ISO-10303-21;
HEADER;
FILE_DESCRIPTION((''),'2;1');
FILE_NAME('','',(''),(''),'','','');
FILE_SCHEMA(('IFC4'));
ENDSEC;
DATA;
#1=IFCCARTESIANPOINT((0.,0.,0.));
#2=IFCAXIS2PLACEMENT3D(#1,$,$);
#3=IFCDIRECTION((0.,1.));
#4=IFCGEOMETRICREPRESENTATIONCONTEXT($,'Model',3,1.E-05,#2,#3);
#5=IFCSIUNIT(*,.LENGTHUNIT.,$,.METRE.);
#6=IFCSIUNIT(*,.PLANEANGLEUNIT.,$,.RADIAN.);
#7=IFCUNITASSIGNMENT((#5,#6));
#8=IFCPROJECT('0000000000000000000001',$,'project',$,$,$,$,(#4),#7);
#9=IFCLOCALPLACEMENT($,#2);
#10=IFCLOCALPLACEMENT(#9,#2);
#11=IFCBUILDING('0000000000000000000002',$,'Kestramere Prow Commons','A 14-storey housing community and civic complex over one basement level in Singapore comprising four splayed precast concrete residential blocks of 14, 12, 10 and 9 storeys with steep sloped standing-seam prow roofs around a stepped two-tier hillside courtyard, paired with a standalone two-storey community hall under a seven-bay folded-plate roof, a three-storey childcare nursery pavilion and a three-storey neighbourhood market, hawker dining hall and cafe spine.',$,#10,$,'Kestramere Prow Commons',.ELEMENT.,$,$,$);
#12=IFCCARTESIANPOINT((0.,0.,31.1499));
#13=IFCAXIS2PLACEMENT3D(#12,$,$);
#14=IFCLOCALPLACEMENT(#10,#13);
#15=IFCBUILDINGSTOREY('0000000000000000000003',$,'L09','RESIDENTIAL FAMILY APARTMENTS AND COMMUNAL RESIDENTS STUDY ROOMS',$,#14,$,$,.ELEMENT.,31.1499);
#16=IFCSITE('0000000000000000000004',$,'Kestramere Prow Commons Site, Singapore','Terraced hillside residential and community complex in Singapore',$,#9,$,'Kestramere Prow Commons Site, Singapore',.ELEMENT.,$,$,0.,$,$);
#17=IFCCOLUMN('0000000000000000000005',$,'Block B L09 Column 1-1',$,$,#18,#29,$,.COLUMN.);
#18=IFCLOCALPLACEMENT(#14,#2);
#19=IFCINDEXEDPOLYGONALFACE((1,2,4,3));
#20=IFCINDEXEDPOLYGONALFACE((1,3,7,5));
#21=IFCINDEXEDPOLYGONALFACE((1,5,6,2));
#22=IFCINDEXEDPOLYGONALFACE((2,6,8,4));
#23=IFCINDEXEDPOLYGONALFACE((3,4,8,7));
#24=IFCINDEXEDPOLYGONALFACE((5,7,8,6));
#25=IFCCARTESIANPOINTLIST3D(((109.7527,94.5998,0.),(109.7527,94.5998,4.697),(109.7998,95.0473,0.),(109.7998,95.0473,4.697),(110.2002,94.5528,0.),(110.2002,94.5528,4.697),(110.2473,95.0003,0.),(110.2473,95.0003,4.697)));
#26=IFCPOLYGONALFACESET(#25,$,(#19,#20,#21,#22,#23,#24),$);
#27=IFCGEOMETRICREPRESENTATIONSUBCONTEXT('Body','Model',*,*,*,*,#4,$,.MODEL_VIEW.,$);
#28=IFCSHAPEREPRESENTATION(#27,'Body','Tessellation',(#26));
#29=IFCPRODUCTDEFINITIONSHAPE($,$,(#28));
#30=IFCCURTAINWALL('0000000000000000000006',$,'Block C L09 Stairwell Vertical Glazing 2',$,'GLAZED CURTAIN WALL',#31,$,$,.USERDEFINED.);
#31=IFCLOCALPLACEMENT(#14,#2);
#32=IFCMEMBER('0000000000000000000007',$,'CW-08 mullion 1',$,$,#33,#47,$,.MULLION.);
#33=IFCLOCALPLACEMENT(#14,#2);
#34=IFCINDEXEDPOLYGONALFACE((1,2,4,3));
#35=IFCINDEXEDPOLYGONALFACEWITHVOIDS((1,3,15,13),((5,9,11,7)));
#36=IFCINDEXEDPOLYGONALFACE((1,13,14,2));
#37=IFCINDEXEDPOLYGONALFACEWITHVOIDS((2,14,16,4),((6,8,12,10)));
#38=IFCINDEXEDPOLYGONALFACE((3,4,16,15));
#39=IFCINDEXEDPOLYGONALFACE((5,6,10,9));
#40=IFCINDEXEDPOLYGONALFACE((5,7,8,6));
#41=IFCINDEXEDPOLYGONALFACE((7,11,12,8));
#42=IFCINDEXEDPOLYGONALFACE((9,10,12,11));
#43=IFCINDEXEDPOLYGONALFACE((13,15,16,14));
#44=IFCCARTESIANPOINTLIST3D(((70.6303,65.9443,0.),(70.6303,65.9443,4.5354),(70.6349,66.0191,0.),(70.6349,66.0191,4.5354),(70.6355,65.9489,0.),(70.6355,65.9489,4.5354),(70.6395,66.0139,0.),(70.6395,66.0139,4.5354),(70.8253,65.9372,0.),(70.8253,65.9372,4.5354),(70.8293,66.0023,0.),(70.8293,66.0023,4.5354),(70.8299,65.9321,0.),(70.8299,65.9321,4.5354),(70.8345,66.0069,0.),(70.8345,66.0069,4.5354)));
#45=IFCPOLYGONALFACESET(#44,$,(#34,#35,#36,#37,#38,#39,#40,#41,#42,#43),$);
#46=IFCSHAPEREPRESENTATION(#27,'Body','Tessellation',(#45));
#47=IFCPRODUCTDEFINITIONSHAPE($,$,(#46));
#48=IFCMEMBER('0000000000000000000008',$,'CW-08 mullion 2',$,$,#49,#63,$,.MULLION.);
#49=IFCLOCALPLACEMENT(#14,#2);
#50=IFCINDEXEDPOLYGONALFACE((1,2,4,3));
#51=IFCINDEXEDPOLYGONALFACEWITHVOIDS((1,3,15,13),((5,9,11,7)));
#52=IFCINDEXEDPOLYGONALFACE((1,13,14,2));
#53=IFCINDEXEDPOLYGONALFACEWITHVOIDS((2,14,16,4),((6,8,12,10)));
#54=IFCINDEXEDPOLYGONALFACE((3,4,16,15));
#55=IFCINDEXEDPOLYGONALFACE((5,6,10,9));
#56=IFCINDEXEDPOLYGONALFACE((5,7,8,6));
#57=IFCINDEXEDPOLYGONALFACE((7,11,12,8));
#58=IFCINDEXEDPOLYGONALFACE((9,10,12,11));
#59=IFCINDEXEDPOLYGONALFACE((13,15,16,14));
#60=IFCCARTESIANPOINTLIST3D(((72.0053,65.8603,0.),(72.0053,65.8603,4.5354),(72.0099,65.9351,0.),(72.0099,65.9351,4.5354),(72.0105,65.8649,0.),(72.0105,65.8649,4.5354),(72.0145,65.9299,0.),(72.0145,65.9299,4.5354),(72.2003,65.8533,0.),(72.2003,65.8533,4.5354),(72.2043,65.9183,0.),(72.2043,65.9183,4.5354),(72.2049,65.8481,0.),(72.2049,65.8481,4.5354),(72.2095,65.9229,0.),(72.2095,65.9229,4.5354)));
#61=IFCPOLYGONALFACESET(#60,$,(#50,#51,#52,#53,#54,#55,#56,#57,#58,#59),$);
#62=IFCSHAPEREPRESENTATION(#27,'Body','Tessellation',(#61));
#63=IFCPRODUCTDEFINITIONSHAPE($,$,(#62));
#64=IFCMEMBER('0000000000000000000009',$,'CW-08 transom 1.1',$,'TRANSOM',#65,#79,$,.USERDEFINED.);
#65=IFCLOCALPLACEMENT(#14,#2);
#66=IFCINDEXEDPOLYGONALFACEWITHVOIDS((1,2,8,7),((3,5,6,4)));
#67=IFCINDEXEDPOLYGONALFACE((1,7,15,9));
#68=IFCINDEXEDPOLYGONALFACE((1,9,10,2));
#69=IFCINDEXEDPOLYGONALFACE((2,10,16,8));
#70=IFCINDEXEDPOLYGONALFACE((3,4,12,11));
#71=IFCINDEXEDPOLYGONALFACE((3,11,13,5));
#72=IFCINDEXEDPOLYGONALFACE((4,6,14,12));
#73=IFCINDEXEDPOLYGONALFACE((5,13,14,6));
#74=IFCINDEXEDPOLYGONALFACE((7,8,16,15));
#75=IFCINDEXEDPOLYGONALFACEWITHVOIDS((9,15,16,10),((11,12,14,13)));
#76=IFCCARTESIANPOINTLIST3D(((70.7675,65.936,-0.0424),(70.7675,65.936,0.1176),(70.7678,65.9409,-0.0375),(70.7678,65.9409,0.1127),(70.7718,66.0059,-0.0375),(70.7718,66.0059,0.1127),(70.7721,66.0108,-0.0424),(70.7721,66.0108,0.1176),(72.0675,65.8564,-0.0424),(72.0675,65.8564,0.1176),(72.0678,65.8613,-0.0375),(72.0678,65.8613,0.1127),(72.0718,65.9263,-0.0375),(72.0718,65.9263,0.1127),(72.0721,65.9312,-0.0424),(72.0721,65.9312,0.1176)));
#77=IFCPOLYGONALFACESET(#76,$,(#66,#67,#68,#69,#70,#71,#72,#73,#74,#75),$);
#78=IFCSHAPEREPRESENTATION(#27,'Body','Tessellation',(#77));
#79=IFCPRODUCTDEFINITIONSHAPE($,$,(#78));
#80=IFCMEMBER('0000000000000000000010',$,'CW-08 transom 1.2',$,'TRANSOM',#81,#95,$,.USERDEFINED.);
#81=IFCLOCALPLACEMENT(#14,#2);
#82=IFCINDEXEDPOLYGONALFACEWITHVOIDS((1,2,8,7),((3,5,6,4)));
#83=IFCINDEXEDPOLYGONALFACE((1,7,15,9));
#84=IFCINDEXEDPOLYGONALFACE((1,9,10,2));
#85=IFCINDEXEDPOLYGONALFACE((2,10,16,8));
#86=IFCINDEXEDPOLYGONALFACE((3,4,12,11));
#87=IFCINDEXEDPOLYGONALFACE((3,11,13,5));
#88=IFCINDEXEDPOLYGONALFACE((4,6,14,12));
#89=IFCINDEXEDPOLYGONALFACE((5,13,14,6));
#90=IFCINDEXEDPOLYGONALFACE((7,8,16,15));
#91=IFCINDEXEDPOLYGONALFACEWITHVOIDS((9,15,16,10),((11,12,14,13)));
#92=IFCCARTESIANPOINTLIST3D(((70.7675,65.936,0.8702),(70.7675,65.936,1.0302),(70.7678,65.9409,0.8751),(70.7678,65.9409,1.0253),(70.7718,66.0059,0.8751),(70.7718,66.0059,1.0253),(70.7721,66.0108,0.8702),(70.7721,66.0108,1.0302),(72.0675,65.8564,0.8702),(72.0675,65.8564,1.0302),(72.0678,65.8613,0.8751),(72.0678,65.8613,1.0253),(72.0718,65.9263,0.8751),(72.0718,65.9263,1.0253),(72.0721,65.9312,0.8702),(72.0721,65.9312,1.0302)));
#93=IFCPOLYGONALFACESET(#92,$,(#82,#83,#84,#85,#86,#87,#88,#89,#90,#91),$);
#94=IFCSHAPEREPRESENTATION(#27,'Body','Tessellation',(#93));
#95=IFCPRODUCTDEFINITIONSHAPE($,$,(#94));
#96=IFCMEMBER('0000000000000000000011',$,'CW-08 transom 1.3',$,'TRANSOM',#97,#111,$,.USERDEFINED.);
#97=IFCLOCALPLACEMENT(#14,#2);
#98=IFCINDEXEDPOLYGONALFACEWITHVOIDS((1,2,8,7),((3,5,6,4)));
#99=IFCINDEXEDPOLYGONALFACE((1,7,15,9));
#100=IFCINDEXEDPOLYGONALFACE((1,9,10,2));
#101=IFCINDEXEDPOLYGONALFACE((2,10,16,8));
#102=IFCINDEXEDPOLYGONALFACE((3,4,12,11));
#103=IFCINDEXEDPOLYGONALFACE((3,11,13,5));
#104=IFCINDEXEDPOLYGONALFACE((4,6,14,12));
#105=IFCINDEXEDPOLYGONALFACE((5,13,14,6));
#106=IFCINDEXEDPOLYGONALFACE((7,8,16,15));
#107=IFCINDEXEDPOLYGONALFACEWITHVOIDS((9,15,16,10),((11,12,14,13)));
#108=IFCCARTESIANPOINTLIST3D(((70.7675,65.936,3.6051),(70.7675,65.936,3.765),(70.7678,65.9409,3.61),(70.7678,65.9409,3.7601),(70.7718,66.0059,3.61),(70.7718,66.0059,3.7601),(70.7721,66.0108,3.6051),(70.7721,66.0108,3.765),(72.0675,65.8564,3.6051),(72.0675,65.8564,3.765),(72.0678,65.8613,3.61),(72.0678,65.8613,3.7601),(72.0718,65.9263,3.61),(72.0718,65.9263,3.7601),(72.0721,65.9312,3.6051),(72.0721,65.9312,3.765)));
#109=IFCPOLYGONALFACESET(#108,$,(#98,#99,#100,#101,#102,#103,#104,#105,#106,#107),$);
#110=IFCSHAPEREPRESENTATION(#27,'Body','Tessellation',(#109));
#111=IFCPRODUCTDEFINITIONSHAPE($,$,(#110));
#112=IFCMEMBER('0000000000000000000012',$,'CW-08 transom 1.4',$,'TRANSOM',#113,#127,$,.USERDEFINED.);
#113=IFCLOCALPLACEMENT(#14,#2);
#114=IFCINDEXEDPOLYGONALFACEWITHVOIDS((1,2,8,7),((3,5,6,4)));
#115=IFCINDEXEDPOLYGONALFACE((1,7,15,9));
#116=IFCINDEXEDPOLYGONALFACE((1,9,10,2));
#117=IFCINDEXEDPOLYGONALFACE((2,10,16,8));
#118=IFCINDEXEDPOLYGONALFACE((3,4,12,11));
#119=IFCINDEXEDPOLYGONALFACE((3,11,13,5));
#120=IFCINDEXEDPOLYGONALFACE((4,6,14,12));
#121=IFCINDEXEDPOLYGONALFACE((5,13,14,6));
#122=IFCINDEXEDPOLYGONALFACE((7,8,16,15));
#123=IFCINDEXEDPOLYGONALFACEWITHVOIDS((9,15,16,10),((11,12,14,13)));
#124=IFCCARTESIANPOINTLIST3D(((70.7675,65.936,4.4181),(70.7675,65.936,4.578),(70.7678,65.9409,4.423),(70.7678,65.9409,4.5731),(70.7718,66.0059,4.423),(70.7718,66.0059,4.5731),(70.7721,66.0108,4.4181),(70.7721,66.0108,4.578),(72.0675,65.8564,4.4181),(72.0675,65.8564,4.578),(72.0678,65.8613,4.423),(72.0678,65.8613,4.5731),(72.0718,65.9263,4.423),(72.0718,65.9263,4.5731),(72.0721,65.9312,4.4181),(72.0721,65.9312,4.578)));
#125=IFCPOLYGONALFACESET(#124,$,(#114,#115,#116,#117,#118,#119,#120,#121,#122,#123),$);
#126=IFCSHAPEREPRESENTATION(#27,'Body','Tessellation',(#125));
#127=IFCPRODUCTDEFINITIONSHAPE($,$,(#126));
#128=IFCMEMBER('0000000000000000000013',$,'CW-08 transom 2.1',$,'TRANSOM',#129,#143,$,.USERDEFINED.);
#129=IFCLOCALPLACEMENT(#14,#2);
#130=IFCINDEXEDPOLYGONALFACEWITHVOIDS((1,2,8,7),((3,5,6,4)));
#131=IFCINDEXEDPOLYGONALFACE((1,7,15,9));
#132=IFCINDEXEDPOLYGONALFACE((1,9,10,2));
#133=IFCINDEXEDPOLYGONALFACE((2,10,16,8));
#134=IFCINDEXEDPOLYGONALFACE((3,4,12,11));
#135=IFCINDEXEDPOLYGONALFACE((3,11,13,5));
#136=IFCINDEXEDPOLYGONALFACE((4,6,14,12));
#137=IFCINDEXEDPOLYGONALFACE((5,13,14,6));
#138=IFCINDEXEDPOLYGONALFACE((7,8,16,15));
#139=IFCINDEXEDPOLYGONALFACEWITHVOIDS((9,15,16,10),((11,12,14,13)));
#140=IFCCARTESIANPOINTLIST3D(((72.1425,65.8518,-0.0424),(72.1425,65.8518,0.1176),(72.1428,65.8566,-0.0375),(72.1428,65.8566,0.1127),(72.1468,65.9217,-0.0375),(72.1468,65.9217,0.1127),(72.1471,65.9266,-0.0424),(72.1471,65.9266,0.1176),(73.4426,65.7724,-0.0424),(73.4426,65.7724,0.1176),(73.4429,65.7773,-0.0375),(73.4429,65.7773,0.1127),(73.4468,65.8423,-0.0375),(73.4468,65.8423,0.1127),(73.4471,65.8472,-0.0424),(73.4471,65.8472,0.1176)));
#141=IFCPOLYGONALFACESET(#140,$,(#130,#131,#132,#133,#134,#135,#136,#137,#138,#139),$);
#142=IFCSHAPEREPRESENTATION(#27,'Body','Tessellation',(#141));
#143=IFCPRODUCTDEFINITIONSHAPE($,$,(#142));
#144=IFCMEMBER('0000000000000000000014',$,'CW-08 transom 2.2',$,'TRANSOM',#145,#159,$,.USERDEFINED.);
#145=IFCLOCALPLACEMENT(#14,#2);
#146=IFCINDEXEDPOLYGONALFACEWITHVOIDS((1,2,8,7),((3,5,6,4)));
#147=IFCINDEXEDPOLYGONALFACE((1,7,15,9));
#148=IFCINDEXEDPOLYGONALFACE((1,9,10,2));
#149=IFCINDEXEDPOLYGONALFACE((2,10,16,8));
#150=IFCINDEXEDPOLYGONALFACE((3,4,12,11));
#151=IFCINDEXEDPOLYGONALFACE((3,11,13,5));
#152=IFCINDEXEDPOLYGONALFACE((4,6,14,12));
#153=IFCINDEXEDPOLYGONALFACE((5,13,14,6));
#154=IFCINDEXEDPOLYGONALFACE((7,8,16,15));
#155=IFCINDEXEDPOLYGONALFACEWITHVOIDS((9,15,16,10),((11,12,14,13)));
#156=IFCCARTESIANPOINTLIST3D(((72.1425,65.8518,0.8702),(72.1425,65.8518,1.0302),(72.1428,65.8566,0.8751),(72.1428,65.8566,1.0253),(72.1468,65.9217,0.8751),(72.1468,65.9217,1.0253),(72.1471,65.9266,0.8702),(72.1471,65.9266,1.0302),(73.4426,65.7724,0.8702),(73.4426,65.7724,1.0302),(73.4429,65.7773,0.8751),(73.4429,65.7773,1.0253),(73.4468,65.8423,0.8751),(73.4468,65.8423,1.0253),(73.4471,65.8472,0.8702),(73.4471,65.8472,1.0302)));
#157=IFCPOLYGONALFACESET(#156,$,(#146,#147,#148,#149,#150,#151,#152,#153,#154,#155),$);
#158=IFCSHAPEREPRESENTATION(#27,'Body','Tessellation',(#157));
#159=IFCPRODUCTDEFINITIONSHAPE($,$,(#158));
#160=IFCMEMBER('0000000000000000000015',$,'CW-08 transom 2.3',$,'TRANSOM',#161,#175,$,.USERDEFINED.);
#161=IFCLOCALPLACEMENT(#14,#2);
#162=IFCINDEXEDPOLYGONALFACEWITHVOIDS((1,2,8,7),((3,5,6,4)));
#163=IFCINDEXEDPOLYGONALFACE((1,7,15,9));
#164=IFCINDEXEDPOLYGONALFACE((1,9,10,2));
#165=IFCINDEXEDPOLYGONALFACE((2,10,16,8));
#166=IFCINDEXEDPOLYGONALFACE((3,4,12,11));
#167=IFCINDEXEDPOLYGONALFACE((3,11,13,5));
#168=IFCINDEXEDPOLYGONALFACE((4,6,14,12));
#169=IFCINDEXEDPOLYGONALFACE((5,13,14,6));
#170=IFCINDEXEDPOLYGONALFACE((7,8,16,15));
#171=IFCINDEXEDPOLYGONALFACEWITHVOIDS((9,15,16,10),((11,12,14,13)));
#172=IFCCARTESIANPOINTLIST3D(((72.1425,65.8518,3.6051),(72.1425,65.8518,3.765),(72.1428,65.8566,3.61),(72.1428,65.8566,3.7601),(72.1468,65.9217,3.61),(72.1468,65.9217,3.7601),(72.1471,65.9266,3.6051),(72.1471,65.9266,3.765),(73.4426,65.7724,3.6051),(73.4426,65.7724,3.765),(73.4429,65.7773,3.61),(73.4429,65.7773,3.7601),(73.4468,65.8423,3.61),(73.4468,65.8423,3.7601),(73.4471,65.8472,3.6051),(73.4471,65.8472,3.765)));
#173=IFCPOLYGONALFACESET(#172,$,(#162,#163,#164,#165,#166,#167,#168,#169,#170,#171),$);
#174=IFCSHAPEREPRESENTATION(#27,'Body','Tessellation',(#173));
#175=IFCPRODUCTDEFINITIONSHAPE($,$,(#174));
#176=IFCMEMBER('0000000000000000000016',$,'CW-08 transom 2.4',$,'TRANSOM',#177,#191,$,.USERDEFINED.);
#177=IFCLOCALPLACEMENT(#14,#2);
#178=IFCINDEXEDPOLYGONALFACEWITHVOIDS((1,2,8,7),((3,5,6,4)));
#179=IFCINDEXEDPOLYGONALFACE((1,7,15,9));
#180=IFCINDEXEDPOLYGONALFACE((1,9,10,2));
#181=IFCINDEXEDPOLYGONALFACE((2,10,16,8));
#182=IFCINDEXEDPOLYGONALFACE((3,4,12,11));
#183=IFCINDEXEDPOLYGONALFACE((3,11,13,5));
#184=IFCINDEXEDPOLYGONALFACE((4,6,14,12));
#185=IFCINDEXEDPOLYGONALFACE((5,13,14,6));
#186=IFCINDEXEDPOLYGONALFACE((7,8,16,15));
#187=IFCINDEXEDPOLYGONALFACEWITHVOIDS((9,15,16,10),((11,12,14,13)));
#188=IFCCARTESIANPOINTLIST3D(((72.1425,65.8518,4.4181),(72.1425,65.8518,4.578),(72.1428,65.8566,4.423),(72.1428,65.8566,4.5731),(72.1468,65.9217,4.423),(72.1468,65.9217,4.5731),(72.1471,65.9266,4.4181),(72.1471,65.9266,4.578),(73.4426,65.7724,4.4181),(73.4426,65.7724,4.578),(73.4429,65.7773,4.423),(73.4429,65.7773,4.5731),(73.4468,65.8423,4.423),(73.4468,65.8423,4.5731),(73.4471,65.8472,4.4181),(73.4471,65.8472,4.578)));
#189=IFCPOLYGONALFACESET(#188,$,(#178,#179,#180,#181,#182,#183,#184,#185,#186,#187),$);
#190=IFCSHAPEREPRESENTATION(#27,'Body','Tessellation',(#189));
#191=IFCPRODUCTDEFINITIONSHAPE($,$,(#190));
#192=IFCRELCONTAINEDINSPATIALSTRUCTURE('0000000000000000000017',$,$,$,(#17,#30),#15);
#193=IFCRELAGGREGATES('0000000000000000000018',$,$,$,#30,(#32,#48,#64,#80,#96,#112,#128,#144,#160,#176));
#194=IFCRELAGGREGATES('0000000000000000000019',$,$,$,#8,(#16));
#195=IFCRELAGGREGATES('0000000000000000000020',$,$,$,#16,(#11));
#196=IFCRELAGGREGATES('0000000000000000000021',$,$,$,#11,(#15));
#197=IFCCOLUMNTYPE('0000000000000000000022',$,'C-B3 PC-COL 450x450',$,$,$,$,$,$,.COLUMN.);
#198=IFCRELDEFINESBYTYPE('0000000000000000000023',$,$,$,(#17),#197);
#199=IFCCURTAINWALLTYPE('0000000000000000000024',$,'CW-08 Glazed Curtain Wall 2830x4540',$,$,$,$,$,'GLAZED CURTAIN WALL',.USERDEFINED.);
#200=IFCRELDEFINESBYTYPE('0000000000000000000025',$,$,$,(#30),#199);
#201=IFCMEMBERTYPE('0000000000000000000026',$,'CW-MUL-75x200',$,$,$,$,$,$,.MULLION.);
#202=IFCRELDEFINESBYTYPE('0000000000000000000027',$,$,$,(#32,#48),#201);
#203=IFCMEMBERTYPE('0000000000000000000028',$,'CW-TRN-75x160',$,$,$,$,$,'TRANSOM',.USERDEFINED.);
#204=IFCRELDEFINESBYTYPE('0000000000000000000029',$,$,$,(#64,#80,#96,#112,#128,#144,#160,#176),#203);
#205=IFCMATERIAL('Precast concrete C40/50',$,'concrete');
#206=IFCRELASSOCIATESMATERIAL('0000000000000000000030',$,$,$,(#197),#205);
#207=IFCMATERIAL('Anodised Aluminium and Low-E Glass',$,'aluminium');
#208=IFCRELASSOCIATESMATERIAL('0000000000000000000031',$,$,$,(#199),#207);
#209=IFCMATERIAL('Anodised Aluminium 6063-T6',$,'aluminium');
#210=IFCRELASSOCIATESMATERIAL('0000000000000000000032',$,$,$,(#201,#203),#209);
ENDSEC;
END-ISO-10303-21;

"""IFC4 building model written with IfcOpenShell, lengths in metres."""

from ifc_helpers import new_model, si_unit, direction, frame, origin, origin_2d, place, context, subcontext, project, spatial, rectangle, hollow_rectangle, extrude, material, material_profile, profile_set, type_object, element, aggregate, save


model = new_model("IFC4")

# Units and contexts
model_context = context("Model", 3, precision=1e-05, world=origin(), true_north=direction((0.0, 1.0)))
body_context = subcontext(model_context, "Body", "Model", "MODEL_VIEW")
ifc_project = project(units=[si_unit("LENGTHUNIT", "METRE"), si_unit("PLANEANGLEUNIT", "RADIAN")], contexts=[model_context])

# Site, building, storey
site_placement = place(None, origin())
site = spatial("IfcSite", under=ifc_project, at=site_placement, Name="Kestramere Prow Commons Site, Singapore", Description="Terraced hillside residential and community complex in Singapore", LongName="Kestramere Prow Commons Site, Singapore", CompositionType="ELEMENT", RefElevation=0.0)
building_placement = place(site_placement, origin())
building = spatial("IfcBuilding", under=site, at=building_placement, Name="Kestramere Prow Commons", Description="A 14-storey housing community and civic complex over one basement level in Singapore comprising four splayed precast concrete residential blocks of 14, 12, 10 and 9 storeys with steep sloped standing-seam prow roofs around a stepped two-tier hillside courtyard, paired with a standalone two-storey community hall under a seven-bay folded-plate roof, a three-storey childcare nursery pavilion and a three-storey neighbourhood market, hawker dining hall and cafe spine.", LongName="Kestramere Prow Commons", CompositionType="ELEMENT")
storey_placement = place(building_placement, frame((0.0, 0.0, 31.1499)))
storey = spatial("IfcBuildingStorey", under=building, at=storey_placement, Name="L09", Description="RESIDENTIAL FAMILY APARTMENTS AND COMMUNAL RESIDENTS STUDY ROOMS", CompositionType="ELEMENT", Elevation=31.1499)

# Column
ifc_material_1 = material(Name="Precast concrete C40/50", Category="concrete")
ifc_material_profile_1 = material_profile(ifc_material_1, rectangle(XDim=0.45, YDim=0.45, at=origin_2d()), Name="PC-COL 450x450")
ifc_profile_set_1 = profile_set([ifc_material_profile_1], Name="Precast concrete C40/50")
column_type = type_object("IfcColumnType", Name="C-B3 PC-COL 450x450", PredefinedType="COLUMN", material=ifc_profile_set_1)
column_placement = place(storey_placement, frame((110.0, 94.8, 0.0), z_axis=(0.0, 0.0, 1.0), x_axis=(0.994522, -0.104528, 0.0)))
element("IfcColumn", 1, at=column_placement, inside=storey, type_object=column_type, Name="Block B L09 Column 1-1", PredefinedType="COLUMN", context=body_context, shape_type="SweptSolid", body=[
    extrude(rectangle(XDim=0.45, YDim=0.45, at=origin_2d()), origin(), (0.0, 0.0, 1.0), 4.697),
])

# Curtain wall, members
ifc_material_2 = material(Name="Anodised Aluminium and Low-E Glass", Category="aluminium")
curtain_wall_type = type_object("IfcCurtainWallType", Name="CW-08 Glazed Curtain Wall 2830x4540", ElementType="GLAZED CURTAIN WALL", PredefinedType="USERDEFINED", material=ifc_material_2)
curtain_wall_placement = place(storey_placement, origin())
curtain_wall = element("IfcCurtainWall", 2, at=curtain_wall_placement, inside=storey, type_object=curtain_wall_type, Name="Block C L09 Stairwell Vertical Glazing 2", ObjectType="GLAZED CURTAIN WALL", PredefinedType="USERDEFINED")
ifc_material_3 = material(Name="Anodised Aluminium 6063-T6", Category="aluminium")
ifc_material_profile_2 = material_profile(ifc_material_3, hollow_rectangle(XDim=0.075, YDim=0.2, WallThickness=0.0049, at=origin_2d()), Name="ALU-MUL 75x200")
ifc_profile_set_2 = profile_set([ifc_material_profile_2], Name="Anodised Aluminium 6063-T6")
member_type_1 = type_object("IfcMemberType", Name="CW-MUL-75x200", PredefinedType="MULLION", material=ifc_profile_set_2)
member_1_placement = place(storey_placement, frame((70.7324, 65.9756, 0.0), z_axis=(0.0, 0.0, 1.0), x_axis=(0.061048, 0.998135, 0.0)))
member_1 = element("IfcMember", 3, at=member_1_placement, type_object=member_type_1, Name="CW-08 mullion 1", PredefinedType="MULLION", context=body_context, shape_type="SweptSolid", body=[
    extrude(hollow_rectangle(XDim=0.075, YDim=0.2, WallThickness=0.0049, at=origin_2d()), origin(), (0.0, 0.0, 1.0), 4.5354),
])
member_2_placement = place(storey_placement, frame((72.1074, 65.8916, 0.0), z_axis=(0.0, 0.0, 1.0), x_axis=(0.061048, 0.998135, 0.0)))
member_2 = element("IfcMember", 4, at=member_2_placement, type_object=member_type_1, Name="CW-08 mullion 2", PredefinedType="MULLION", context=body_context, shape_type="SweptSolid", body=[
    extrude(hollow_rectangle(XDim=0.075, YDim=0.2, WallThickness=0.0049, at=origin_2d()), origin(), (0.0, 0.0, 1.0), 4.5354),
])
ifc_material_profile_3 = material_profile(ifc_material_3, hollow_rectangle(XDim=0.075, YDim=0.1599, WallThickness=0.0049, at=origin_2d()), Name="ALU-TRN 75x160")
ifc_profile_set_3 = profile_set([ifc_material_profile_3], Name="Anodised Aluminium 6063-T6")
member_type_2 = type_object("IfcMemberType", Name="CW-TRN-75x160", ElementType="TRANSOM", PredefinedType="USERDEFINED", material=ifc_profile_set_3)
member_3_placement = place(storey_placement, frame((70.7698, 65.9734, 0.0376), z_axis=(0.998131, -0.061106, 0.0), x_axis=(0.061106, 0.998131, 0.0)))
member_3 = element("IfcMember", 5, at=member_3_placement, type_object=member_type_2, Name="CW-08 transom 1.1", ObjectType="TRANSOM", PredefinedType="USERDEFINED", context=body_context, shape_type="SweptSolid", body=[
    extrude(hollow_rectangle(XDim=0.075, YDim=0.1599, WallThickness=0.0049, at=origin_2d()), origin(), (0.0, 0.0, 1.0), 1.3025),
])
member_4_placement = place(storey_placement, frame((70.7698, 65.9734, 0.9502), z_axis=(0.998131, -0.061106, 0.0), x_axis=(0.061106, 0.998131, 0.0)))
member_4 = element("IfcMember", 6, at=member_4_placement, type_object=member_type_2, Name="CW-08 transom 1.2", ObjectType="TRANSOM", PredefinedType="USERDEFINED", context=body_context, shape_type="SweptSolid", body=[
    extrude(hollow_rectangle(XDim=0.075, YDim=0.1599, WallThickness=0.0049, at=origin_2d()), origin(), (0.0, 0.0, 1.0), 1.3025),
])
member_5_placement = place(storey_placement, frame((70.7698, 65.9734, 3.6851), z_axis=(0.998131, -0.061106, 0.0), x_axis=(0.061106, 0.998131, 0.0)))
member_5 = element("IfcMember", 7, at=member_5_placement, type_object=member_type_2, Name="CW-08 transom 1.3", ObjectType="TRANSOM", PredefinedType="USERDEFINED", context=body_context, shape_type="SweptSolid", body=[
    extrude(hollow_rectangle(XDim=0.075, YDim=0.1599, WallThickness=0.0049, at=origin_2d()), origin(), (0.0, 0.0, 1.0), 1.3025),
])
member_6_placement = place(storey_placement, frame((70.7698, 65.9734, 4.498), z_axis=(0.998131, -0.061106, 0.0), x_axis=(0.061106, 0.998131, 0.0)))
member_6 = element("IfcMember", 8, at=member_6_placement, type_object=member_type_2, Name="CW-08 transom 1.4", ObjectType="TRANSOM", PredefinedType="USERDEFINED", context=body_context, shape_type="SweptSolid", body=[
    extrude(hollow_rectangle(XDim=0.075, YDim=0.1599, WallThickness=0.0049, at=origin_2d()), origin(), (0.0, 0.0, 1.0), 1.3025),
])
member_7_placement = place(storey_placement, frame((72.1448, 65.8892, 0.0376), z_axis=(0.998143, -0.06092, 0.0), x_axis=(0.06092, 0.998143, 0.0)))
member_7 = element("IfcMember", 9, at=member_7_placement, type_object=member_type_2, Name="CW-08 transom 2.1", ObjectType="TRANSOM", PredefinedType="USERDEFINED", context=body_context, shape_type="SweptSolid", body=[
    extrude(hollow_rectangle(XDim=0.075, YDim=0.1599, WallThickness=0.0049, at=origin_2d()), origin(), (0.0, 0.0, 1.0), 1.3025),
])
member_8_placement = place(storey_placement, frame((72.1448, 65.8892, 0.9502), z_axis=(0.998143, -0.06092, 0.0), x_axis=(0.06092, 0.998143, 0.0)))
member_8 = element("IfcMember", 10, at=member_8_placement, type_object=member_type_2, Name="CW-08 transom 2.2", ObjectType="TRANSOM", PredefinedType="USERDEFINED", context=body_context, shape_type="SweptSolid", body=[
    extrude(hollow_rectangle(XDim=0.075, YDim=0.1599, WallThickness=0.0049, at=origin_2d()), origin(), (0.0, 0.0, 1.0), 1.3025),
])
member_9_placement = place(storey_placement, frame((72.1448, 65.8892, 3.6851), z_axis=(0.998143, -0.06092, 0.0), x_axis=(0.06092, 0.998143, 0.0)))
member_9 = element("IfcMember", 11, at=member_9_placement, type_object=member_type_2, Name="CW-08 transom 2.3", ObjectType="TRANSOM", PredefinedType="USERDEFINED", context=body_context, shape_type="SweptSolid", body=[
    extrude(hollow_rectangle(XDim=0.075, YDim=0.1599, WallThickness=0.0049, at=origin_2d()), origin(), (0.0, 0.0, 1.0), 1.3025),
])
member_10_placement = place(storey_placement, frame((72.1448, 65.8892, 4.498), z_axis=(0.998143, -0.06092, 0.0), x_axis=(0.06092, 0.998143, 0.0)))
member_10 = element("IfcMember", 12, at=member_10_placement, type_object=member_type_2, Name="CW-08 transom 2.4", ObjectType="TRANSOM", PredefinedType="USERDEFINED", context=body_context, shape_type="SweptSolid", body=[
    extrude(hollow_rectangle(XDim=0.075, YDim=0.1599, WallThickness=0.0049, at=origin_2d()), origin(), (0.0, 0.0, 1.0), 1.3025),
])

aggregate(curtain_wall, [member_1, member_2, member_3, member_4, member_5, member_6, member_7, member_8, member_9, member_10])

save(model, "model.ifc")
